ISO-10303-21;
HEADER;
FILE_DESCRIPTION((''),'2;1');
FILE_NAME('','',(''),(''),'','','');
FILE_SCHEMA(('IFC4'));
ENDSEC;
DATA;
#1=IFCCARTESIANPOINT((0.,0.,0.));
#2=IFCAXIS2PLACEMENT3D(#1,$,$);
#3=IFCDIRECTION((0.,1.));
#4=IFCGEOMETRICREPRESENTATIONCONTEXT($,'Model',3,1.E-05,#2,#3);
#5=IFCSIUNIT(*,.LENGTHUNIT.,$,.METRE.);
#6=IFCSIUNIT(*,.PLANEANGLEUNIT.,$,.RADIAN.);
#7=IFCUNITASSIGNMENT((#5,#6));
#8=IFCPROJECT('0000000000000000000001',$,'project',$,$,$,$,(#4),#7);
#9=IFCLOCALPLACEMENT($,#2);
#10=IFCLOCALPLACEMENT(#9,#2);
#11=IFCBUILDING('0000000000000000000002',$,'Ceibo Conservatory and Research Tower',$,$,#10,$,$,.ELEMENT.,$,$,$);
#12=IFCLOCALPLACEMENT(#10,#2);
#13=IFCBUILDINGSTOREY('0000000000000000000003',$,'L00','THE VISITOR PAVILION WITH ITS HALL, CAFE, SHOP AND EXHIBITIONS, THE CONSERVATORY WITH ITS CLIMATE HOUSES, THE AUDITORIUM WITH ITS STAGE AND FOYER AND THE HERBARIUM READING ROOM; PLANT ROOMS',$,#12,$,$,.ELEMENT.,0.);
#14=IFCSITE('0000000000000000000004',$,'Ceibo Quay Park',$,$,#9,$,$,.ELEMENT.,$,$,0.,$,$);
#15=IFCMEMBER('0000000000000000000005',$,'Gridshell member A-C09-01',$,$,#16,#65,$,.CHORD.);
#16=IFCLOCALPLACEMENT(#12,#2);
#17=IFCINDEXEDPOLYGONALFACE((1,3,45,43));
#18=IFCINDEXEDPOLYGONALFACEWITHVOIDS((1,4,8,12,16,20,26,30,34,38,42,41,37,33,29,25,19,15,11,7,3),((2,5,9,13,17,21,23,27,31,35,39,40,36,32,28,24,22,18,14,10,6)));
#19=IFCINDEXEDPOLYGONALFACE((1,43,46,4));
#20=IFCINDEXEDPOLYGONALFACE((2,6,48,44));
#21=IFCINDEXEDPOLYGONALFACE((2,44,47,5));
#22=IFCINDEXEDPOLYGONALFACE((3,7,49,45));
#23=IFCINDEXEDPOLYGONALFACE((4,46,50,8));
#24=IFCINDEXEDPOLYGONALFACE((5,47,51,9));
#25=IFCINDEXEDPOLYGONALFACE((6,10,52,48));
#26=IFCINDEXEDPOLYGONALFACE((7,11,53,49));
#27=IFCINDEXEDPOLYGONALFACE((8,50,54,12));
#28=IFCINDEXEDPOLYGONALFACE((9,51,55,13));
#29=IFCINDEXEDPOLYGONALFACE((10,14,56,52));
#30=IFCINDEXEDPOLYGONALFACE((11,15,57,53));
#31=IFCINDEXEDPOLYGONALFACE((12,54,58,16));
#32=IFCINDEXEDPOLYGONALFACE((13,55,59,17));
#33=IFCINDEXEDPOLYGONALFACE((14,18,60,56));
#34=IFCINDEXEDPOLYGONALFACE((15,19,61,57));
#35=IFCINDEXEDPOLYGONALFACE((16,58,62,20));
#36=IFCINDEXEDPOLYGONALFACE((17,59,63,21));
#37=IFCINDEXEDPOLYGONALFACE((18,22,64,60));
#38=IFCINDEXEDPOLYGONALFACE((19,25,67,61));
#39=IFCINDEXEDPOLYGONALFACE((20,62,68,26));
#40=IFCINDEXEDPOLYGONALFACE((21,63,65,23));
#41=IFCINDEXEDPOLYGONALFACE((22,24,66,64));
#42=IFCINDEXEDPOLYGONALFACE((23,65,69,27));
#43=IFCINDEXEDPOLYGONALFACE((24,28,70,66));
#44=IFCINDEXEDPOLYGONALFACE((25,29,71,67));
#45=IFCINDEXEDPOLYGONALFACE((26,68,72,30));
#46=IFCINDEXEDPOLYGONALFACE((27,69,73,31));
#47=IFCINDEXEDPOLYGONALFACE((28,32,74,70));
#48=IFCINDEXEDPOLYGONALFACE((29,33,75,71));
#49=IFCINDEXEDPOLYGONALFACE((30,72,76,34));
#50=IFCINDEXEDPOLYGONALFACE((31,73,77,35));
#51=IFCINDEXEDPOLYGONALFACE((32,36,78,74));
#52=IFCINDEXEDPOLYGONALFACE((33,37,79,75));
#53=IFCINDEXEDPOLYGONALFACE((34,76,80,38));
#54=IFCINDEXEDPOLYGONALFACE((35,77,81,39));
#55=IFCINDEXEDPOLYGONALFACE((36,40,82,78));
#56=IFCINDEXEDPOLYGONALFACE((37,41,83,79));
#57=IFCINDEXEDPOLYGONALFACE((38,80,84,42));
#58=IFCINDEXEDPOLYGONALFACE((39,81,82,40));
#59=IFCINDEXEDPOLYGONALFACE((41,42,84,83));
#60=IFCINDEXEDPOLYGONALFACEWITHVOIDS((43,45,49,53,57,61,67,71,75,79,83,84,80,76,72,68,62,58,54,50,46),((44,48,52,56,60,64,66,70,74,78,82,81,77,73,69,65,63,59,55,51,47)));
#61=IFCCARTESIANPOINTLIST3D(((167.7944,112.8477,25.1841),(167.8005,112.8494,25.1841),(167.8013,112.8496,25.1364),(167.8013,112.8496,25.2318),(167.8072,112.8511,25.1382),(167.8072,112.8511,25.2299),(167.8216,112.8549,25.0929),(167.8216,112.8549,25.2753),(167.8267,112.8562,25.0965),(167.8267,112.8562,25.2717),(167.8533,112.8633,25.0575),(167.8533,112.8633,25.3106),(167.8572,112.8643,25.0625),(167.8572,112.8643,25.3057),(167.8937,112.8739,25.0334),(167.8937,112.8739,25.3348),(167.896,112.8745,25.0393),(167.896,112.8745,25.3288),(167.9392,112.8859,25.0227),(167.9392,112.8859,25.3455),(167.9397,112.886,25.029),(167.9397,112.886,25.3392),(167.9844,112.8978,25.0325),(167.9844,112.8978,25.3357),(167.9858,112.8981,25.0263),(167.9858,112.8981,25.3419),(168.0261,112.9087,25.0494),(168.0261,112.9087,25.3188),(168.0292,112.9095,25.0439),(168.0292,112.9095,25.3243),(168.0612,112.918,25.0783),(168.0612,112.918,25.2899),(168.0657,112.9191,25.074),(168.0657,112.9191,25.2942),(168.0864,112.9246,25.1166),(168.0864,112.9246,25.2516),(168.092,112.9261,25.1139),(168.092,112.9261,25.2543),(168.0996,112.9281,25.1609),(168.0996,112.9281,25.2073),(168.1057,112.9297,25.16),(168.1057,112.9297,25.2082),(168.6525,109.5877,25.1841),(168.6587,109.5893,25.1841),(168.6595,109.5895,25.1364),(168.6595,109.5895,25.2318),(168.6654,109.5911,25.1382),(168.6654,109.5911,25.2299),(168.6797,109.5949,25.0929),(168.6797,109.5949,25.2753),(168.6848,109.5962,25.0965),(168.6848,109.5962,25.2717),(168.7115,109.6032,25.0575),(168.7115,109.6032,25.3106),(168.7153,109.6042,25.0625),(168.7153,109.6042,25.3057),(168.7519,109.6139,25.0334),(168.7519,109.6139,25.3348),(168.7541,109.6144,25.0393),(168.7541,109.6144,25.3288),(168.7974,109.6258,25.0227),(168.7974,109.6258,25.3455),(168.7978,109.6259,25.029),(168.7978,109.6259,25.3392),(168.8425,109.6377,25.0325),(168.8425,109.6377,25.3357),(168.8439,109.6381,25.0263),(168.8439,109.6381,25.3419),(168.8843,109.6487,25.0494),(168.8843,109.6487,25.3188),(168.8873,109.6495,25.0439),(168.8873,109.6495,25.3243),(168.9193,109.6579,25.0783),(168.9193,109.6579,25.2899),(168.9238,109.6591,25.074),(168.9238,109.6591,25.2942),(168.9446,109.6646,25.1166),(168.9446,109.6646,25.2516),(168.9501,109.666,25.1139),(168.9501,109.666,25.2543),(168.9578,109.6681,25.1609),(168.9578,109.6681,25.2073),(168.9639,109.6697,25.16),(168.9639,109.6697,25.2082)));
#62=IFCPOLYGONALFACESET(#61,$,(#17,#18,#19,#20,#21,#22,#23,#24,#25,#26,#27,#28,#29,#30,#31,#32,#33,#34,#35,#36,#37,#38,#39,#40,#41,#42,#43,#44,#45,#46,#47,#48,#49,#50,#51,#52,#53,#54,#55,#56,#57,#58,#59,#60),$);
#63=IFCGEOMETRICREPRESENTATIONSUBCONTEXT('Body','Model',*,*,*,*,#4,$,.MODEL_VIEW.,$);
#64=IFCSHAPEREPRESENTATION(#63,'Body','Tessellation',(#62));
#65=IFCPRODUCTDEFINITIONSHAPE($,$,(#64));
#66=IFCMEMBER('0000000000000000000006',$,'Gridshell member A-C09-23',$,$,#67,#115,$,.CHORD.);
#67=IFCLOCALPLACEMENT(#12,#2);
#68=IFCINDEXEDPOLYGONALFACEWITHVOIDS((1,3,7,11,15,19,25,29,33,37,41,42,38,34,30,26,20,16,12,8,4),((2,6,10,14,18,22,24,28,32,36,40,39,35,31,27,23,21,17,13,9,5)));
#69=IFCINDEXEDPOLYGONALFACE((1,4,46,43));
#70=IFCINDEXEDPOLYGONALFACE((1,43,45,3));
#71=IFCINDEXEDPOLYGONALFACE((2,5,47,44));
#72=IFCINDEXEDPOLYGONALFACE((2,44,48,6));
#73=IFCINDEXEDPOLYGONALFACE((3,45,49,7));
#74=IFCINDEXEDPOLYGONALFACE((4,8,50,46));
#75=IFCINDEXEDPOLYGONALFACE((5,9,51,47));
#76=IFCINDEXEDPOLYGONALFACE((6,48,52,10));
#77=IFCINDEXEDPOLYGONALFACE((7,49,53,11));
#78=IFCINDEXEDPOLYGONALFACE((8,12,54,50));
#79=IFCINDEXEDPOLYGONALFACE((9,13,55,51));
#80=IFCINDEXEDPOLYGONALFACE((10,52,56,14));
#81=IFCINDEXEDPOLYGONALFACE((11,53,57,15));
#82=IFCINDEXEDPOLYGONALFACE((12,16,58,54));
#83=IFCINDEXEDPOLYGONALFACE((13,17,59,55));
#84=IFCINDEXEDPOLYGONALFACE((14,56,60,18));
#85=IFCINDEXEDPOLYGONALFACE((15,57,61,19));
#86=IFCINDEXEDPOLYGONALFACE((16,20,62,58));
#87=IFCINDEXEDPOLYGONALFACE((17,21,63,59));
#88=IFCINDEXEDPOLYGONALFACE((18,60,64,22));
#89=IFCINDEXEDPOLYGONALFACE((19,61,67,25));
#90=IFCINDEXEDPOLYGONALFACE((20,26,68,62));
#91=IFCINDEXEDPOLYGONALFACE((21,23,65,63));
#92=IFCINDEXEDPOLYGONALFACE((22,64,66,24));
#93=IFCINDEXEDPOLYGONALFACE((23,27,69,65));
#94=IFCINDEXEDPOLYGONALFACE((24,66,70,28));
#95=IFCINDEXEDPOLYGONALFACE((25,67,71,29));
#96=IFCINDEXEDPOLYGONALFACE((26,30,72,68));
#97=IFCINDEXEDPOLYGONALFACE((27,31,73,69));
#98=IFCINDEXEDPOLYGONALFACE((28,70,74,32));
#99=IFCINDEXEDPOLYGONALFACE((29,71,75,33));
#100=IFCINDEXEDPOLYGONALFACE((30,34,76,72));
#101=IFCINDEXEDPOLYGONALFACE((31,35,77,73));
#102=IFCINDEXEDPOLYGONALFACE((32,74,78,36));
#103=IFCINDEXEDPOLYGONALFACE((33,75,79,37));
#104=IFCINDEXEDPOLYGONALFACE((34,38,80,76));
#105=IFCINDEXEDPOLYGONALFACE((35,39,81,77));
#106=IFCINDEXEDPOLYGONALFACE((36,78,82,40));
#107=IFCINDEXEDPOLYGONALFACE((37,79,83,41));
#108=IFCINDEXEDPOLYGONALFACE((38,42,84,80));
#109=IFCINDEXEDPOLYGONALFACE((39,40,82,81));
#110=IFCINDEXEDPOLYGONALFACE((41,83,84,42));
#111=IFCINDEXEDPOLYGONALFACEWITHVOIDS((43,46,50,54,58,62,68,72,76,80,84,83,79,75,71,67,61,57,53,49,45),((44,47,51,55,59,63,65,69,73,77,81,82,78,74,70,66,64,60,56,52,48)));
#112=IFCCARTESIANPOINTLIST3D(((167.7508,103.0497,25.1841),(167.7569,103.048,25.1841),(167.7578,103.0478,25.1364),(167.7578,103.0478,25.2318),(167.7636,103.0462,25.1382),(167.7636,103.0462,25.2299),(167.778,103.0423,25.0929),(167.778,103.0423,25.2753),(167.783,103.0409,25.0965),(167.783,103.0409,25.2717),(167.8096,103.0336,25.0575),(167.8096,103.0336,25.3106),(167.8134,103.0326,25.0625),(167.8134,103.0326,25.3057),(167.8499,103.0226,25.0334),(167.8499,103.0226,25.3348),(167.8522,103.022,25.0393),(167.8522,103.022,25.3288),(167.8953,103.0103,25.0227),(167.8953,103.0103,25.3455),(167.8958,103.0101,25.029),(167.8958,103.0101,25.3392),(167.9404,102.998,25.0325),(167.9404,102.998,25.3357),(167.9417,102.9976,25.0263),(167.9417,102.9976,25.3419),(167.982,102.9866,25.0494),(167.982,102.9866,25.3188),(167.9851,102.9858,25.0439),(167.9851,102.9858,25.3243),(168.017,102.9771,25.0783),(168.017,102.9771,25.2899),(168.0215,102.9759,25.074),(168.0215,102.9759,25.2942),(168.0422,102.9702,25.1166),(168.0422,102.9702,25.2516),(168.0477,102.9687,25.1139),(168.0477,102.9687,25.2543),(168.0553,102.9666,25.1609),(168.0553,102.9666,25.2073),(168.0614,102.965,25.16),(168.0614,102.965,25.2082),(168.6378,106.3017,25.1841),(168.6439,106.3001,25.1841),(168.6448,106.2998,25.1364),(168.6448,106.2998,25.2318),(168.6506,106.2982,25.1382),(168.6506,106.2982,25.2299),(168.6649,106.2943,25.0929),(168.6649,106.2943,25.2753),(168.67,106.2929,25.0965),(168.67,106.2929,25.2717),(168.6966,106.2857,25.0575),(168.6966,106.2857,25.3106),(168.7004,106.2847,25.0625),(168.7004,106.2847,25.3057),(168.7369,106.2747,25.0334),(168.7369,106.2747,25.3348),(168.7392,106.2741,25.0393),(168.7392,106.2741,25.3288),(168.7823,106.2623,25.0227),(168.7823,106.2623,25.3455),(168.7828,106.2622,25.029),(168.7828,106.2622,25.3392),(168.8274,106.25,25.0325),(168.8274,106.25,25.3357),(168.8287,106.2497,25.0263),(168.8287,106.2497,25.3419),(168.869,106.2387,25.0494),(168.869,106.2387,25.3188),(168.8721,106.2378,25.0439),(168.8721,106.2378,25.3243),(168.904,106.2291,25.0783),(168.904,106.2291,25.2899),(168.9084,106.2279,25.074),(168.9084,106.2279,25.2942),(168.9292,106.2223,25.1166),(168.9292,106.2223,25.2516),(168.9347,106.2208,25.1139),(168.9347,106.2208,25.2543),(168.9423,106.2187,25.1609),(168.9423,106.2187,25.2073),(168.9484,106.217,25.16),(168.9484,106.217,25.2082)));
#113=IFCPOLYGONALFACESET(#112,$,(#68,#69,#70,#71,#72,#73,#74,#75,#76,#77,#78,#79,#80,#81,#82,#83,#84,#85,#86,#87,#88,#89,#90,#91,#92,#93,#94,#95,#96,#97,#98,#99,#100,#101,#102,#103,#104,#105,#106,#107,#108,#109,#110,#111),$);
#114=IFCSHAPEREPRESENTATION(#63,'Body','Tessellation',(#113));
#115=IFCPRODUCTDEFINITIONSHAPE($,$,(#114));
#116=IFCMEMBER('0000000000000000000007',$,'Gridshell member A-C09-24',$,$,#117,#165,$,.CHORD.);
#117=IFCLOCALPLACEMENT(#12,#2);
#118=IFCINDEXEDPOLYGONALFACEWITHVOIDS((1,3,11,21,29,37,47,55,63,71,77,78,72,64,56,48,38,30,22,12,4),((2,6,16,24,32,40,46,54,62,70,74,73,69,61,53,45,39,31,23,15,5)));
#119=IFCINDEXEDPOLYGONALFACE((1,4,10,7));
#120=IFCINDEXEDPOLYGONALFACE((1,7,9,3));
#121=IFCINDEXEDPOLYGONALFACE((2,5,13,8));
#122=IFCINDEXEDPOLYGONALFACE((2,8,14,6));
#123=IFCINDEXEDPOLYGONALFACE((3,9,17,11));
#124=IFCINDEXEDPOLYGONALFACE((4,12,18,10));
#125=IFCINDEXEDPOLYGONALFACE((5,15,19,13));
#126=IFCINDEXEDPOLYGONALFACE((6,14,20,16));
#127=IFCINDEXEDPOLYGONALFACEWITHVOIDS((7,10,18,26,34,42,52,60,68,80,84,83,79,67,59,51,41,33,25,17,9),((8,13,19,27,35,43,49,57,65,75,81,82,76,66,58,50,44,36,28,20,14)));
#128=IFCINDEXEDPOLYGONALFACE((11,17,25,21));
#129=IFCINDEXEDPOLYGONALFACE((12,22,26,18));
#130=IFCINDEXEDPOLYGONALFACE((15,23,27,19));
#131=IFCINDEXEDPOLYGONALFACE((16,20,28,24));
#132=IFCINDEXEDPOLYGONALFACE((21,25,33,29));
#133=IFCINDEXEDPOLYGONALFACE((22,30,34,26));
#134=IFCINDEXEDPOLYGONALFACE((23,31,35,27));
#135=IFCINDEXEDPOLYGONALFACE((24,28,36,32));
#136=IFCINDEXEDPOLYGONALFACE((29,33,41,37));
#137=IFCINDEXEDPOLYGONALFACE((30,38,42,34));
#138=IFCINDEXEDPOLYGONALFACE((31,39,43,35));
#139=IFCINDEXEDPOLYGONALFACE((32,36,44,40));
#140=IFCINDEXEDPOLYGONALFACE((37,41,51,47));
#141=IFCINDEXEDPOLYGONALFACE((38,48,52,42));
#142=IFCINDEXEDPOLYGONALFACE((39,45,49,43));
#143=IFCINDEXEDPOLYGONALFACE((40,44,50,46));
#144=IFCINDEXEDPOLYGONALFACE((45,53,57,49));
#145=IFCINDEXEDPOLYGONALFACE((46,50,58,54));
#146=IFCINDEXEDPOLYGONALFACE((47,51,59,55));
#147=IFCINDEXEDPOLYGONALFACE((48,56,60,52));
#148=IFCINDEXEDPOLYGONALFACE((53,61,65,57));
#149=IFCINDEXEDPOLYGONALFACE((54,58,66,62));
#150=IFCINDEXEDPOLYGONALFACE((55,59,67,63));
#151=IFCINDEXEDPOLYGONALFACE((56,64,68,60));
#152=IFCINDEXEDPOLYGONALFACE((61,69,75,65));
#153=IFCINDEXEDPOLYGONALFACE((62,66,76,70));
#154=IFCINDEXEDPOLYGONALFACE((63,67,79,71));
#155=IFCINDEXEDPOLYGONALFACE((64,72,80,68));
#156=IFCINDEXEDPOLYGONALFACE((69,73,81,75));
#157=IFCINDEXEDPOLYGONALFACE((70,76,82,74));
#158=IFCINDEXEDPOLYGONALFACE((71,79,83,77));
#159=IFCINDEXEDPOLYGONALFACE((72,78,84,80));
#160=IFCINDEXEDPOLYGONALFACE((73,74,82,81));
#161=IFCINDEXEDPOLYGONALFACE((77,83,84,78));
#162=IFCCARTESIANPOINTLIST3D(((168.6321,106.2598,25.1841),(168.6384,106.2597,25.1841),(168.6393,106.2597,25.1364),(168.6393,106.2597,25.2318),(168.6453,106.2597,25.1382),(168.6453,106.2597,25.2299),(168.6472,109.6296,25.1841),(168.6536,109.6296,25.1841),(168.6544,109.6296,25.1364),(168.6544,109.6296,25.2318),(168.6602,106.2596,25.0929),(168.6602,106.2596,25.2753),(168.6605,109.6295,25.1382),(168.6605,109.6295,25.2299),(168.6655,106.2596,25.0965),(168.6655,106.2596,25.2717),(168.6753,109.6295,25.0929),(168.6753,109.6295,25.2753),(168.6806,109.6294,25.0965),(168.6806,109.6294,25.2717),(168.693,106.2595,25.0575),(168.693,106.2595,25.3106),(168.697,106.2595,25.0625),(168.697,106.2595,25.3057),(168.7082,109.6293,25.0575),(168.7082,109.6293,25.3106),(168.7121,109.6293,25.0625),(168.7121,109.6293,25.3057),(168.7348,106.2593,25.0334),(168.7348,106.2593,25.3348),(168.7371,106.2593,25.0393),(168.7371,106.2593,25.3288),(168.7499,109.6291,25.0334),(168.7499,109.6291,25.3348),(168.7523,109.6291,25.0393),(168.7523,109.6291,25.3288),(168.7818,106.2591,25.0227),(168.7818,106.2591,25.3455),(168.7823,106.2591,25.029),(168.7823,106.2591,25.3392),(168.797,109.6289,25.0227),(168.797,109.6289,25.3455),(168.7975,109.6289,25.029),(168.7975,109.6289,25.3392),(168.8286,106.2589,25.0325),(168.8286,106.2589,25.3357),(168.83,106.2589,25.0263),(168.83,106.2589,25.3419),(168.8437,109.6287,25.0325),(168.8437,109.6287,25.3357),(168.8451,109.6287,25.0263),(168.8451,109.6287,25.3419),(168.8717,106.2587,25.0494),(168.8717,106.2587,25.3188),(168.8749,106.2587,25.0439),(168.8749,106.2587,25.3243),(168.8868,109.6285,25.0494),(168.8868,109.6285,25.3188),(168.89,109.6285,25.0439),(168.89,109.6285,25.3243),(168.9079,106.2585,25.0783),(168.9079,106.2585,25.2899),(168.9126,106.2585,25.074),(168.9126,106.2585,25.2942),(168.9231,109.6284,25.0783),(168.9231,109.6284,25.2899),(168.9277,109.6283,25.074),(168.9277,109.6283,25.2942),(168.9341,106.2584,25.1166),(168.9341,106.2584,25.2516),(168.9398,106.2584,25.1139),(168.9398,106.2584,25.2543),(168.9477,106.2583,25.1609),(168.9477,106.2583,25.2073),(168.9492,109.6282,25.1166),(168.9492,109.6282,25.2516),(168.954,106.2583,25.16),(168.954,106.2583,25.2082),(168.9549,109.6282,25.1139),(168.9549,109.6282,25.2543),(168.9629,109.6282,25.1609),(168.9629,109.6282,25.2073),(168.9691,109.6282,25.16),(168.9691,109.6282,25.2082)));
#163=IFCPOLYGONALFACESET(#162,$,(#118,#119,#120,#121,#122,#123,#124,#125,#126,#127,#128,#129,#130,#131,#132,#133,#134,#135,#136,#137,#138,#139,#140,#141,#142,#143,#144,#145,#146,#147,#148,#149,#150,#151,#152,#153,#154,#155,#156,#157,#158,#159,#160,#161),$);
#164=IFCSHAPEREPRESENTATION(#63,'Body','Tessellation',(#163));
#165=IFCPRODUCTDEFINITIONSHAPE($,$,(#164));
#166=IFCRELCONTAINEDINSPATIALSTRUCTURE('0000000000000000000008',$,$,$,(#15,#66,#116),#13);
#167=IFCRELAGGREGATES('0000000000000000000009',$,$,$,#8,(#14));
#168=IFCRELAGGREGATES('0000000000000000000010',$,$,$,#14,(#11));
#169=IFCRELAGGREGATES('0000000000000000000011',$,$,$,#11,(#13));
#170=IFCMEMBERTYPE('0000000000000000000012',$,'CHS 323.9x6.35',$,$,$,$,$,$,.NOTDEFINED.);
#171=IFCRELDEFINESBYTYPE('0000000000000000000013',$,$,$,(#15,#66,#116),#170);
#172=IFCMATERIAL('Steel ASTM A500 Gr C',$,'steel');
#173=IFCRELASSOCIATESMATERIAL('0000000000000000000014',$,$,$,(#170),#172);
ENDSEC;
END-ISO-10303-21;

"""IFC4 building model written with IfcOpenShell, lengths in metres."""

from ifc_helpers import new_model, si_unit, direction, frame, origin, origin_2d, place, context, subcontext, project, spatial, hollow_circle, extrude, material, material_profile, profile_set, type_object, element, save


model = new_model("IFC4")

# Units and contexts
model_context = context("Model", 3, precision=1e-05, world=origin(), true_north=direction((0.0, 1.0)))
body_context = subcontext(model_context, "Body", "Model", "MODEL_VIEW")
ifc_project = project(units=[si_unit("LENGTHUNIT", "METRE"), si_unit("PLANEANGLEUNIT", "RADIAN")], contexts=[model_context])

# Site, building, storey
site_placement = place(None, origin())
site = spatial("IfcSite", under=ifc_project, at=site_placement, Name="Ceibo Quay Park", CompositionType="ELEMENT", RefElevation=0.0)
building_placement = place(site_placement, origin())
building = spatial("IfcBuilding", under=site, at=building_placement, Name="Ceibo Conservatory and Research Tower", CompositionType="ELEMENT")
storey_placement = place(building_placement, origin())
storey = spatial("IfcBuildingStorey", under=building, at=storey_placement, Name="L00", Description="THE VISITOR PAVILION WITH ITS HALL, CAFE, SHOP AND EXHIBITIONS, THE CONSERVATORY WITH ITS CLIMATE HOUSES, THE AUDITORIUM WITH ITS STAGE AND FOYER AND THE HERBARIUM READING ROOM; PLANT ROOMS", CompositionType="ELEMENT", Elevation=0.0)

# Members
ifc_material_1 = material(Name="Steel ASTM A500 Gr C", Category="steel")
ifc_material_profile_1 = material_profile(ifc_material_1, hollow_circle(Radius=0.1619, WallThickness=0.0063, at=origin_2d()), Name="CHS 323.9x6.35")
ifc_profile_set_1 = profile_set([ifc_material_profile_1], Name="Steel ASTM A500 Gr C")
member_type_1 = type_object("IfcMemberType", Name="CHS 323.9x6.35", PredefinedType="NOTDEFINED", material=ifc_profile_set_1)
member_1_placement = place(storey_placement, frame((168.8091, 109.6289, 25.1841), z_axis=(-0.254565, 0.967056, 0.0), x_axis=(-0.967056, -0.254565, 0.0)))
element("IfcMember", 1, at=member_1_placement, inside=storey, type_object=member_type_1, Name="Gridshell member A-C09-01", PredefinedType="CHORD", context=body_context, shape_type="SweptSolid", body=[
    extrude(hollow_circle(Radius=0.1619, WallThickness=0.0063, at=origin_2d()), origin(), (0.0, 0.0, 1.0), 3.3711),
])
member_2_placement = place(storey_placement, frame((167.907, 103.0071, 25.1841), z_axis=(0.263136, 0.964759, 0.0), x_axis=(-0.964759, 0.263136, 0.0)))
element("IfcMember", 2, at=member_2_placement, inside=storey, type_object=member_type_1, Name="Gridshell member A-C09-23", PredefinedType="CHORD", context=body_context, shape_type="SweptSolid", body=[
    extrude(hollow_circle(Radius=0.1619, WallThickness=0.0063, at=origin_2d()), origin(), (0.0, 0.0, 1.0), 3.3708),
])
member_3_placement = place(storey_placement, frame((168.7939, 106.259, 25.1841), z_axis=(0.004492, 0.99999, 0.0), x_axis=(-0.99999, 0.004492, 0.0)))
element("IfcMember", 3, at=member_3_placement, inside=storey, type_object=member_type_1, Name="Gridshell member A-C09-24", PredefinedType="CHORD", context=body_context, shape_type="SweptSolid", body=[
    extrude(hollow_circle(Radius=0.1619, WallThickness=0.0063, at=origin_2d()), origin(), (0.0, 0.0, 1.0), 3.3699),
])

save(model, "model.ifc")
